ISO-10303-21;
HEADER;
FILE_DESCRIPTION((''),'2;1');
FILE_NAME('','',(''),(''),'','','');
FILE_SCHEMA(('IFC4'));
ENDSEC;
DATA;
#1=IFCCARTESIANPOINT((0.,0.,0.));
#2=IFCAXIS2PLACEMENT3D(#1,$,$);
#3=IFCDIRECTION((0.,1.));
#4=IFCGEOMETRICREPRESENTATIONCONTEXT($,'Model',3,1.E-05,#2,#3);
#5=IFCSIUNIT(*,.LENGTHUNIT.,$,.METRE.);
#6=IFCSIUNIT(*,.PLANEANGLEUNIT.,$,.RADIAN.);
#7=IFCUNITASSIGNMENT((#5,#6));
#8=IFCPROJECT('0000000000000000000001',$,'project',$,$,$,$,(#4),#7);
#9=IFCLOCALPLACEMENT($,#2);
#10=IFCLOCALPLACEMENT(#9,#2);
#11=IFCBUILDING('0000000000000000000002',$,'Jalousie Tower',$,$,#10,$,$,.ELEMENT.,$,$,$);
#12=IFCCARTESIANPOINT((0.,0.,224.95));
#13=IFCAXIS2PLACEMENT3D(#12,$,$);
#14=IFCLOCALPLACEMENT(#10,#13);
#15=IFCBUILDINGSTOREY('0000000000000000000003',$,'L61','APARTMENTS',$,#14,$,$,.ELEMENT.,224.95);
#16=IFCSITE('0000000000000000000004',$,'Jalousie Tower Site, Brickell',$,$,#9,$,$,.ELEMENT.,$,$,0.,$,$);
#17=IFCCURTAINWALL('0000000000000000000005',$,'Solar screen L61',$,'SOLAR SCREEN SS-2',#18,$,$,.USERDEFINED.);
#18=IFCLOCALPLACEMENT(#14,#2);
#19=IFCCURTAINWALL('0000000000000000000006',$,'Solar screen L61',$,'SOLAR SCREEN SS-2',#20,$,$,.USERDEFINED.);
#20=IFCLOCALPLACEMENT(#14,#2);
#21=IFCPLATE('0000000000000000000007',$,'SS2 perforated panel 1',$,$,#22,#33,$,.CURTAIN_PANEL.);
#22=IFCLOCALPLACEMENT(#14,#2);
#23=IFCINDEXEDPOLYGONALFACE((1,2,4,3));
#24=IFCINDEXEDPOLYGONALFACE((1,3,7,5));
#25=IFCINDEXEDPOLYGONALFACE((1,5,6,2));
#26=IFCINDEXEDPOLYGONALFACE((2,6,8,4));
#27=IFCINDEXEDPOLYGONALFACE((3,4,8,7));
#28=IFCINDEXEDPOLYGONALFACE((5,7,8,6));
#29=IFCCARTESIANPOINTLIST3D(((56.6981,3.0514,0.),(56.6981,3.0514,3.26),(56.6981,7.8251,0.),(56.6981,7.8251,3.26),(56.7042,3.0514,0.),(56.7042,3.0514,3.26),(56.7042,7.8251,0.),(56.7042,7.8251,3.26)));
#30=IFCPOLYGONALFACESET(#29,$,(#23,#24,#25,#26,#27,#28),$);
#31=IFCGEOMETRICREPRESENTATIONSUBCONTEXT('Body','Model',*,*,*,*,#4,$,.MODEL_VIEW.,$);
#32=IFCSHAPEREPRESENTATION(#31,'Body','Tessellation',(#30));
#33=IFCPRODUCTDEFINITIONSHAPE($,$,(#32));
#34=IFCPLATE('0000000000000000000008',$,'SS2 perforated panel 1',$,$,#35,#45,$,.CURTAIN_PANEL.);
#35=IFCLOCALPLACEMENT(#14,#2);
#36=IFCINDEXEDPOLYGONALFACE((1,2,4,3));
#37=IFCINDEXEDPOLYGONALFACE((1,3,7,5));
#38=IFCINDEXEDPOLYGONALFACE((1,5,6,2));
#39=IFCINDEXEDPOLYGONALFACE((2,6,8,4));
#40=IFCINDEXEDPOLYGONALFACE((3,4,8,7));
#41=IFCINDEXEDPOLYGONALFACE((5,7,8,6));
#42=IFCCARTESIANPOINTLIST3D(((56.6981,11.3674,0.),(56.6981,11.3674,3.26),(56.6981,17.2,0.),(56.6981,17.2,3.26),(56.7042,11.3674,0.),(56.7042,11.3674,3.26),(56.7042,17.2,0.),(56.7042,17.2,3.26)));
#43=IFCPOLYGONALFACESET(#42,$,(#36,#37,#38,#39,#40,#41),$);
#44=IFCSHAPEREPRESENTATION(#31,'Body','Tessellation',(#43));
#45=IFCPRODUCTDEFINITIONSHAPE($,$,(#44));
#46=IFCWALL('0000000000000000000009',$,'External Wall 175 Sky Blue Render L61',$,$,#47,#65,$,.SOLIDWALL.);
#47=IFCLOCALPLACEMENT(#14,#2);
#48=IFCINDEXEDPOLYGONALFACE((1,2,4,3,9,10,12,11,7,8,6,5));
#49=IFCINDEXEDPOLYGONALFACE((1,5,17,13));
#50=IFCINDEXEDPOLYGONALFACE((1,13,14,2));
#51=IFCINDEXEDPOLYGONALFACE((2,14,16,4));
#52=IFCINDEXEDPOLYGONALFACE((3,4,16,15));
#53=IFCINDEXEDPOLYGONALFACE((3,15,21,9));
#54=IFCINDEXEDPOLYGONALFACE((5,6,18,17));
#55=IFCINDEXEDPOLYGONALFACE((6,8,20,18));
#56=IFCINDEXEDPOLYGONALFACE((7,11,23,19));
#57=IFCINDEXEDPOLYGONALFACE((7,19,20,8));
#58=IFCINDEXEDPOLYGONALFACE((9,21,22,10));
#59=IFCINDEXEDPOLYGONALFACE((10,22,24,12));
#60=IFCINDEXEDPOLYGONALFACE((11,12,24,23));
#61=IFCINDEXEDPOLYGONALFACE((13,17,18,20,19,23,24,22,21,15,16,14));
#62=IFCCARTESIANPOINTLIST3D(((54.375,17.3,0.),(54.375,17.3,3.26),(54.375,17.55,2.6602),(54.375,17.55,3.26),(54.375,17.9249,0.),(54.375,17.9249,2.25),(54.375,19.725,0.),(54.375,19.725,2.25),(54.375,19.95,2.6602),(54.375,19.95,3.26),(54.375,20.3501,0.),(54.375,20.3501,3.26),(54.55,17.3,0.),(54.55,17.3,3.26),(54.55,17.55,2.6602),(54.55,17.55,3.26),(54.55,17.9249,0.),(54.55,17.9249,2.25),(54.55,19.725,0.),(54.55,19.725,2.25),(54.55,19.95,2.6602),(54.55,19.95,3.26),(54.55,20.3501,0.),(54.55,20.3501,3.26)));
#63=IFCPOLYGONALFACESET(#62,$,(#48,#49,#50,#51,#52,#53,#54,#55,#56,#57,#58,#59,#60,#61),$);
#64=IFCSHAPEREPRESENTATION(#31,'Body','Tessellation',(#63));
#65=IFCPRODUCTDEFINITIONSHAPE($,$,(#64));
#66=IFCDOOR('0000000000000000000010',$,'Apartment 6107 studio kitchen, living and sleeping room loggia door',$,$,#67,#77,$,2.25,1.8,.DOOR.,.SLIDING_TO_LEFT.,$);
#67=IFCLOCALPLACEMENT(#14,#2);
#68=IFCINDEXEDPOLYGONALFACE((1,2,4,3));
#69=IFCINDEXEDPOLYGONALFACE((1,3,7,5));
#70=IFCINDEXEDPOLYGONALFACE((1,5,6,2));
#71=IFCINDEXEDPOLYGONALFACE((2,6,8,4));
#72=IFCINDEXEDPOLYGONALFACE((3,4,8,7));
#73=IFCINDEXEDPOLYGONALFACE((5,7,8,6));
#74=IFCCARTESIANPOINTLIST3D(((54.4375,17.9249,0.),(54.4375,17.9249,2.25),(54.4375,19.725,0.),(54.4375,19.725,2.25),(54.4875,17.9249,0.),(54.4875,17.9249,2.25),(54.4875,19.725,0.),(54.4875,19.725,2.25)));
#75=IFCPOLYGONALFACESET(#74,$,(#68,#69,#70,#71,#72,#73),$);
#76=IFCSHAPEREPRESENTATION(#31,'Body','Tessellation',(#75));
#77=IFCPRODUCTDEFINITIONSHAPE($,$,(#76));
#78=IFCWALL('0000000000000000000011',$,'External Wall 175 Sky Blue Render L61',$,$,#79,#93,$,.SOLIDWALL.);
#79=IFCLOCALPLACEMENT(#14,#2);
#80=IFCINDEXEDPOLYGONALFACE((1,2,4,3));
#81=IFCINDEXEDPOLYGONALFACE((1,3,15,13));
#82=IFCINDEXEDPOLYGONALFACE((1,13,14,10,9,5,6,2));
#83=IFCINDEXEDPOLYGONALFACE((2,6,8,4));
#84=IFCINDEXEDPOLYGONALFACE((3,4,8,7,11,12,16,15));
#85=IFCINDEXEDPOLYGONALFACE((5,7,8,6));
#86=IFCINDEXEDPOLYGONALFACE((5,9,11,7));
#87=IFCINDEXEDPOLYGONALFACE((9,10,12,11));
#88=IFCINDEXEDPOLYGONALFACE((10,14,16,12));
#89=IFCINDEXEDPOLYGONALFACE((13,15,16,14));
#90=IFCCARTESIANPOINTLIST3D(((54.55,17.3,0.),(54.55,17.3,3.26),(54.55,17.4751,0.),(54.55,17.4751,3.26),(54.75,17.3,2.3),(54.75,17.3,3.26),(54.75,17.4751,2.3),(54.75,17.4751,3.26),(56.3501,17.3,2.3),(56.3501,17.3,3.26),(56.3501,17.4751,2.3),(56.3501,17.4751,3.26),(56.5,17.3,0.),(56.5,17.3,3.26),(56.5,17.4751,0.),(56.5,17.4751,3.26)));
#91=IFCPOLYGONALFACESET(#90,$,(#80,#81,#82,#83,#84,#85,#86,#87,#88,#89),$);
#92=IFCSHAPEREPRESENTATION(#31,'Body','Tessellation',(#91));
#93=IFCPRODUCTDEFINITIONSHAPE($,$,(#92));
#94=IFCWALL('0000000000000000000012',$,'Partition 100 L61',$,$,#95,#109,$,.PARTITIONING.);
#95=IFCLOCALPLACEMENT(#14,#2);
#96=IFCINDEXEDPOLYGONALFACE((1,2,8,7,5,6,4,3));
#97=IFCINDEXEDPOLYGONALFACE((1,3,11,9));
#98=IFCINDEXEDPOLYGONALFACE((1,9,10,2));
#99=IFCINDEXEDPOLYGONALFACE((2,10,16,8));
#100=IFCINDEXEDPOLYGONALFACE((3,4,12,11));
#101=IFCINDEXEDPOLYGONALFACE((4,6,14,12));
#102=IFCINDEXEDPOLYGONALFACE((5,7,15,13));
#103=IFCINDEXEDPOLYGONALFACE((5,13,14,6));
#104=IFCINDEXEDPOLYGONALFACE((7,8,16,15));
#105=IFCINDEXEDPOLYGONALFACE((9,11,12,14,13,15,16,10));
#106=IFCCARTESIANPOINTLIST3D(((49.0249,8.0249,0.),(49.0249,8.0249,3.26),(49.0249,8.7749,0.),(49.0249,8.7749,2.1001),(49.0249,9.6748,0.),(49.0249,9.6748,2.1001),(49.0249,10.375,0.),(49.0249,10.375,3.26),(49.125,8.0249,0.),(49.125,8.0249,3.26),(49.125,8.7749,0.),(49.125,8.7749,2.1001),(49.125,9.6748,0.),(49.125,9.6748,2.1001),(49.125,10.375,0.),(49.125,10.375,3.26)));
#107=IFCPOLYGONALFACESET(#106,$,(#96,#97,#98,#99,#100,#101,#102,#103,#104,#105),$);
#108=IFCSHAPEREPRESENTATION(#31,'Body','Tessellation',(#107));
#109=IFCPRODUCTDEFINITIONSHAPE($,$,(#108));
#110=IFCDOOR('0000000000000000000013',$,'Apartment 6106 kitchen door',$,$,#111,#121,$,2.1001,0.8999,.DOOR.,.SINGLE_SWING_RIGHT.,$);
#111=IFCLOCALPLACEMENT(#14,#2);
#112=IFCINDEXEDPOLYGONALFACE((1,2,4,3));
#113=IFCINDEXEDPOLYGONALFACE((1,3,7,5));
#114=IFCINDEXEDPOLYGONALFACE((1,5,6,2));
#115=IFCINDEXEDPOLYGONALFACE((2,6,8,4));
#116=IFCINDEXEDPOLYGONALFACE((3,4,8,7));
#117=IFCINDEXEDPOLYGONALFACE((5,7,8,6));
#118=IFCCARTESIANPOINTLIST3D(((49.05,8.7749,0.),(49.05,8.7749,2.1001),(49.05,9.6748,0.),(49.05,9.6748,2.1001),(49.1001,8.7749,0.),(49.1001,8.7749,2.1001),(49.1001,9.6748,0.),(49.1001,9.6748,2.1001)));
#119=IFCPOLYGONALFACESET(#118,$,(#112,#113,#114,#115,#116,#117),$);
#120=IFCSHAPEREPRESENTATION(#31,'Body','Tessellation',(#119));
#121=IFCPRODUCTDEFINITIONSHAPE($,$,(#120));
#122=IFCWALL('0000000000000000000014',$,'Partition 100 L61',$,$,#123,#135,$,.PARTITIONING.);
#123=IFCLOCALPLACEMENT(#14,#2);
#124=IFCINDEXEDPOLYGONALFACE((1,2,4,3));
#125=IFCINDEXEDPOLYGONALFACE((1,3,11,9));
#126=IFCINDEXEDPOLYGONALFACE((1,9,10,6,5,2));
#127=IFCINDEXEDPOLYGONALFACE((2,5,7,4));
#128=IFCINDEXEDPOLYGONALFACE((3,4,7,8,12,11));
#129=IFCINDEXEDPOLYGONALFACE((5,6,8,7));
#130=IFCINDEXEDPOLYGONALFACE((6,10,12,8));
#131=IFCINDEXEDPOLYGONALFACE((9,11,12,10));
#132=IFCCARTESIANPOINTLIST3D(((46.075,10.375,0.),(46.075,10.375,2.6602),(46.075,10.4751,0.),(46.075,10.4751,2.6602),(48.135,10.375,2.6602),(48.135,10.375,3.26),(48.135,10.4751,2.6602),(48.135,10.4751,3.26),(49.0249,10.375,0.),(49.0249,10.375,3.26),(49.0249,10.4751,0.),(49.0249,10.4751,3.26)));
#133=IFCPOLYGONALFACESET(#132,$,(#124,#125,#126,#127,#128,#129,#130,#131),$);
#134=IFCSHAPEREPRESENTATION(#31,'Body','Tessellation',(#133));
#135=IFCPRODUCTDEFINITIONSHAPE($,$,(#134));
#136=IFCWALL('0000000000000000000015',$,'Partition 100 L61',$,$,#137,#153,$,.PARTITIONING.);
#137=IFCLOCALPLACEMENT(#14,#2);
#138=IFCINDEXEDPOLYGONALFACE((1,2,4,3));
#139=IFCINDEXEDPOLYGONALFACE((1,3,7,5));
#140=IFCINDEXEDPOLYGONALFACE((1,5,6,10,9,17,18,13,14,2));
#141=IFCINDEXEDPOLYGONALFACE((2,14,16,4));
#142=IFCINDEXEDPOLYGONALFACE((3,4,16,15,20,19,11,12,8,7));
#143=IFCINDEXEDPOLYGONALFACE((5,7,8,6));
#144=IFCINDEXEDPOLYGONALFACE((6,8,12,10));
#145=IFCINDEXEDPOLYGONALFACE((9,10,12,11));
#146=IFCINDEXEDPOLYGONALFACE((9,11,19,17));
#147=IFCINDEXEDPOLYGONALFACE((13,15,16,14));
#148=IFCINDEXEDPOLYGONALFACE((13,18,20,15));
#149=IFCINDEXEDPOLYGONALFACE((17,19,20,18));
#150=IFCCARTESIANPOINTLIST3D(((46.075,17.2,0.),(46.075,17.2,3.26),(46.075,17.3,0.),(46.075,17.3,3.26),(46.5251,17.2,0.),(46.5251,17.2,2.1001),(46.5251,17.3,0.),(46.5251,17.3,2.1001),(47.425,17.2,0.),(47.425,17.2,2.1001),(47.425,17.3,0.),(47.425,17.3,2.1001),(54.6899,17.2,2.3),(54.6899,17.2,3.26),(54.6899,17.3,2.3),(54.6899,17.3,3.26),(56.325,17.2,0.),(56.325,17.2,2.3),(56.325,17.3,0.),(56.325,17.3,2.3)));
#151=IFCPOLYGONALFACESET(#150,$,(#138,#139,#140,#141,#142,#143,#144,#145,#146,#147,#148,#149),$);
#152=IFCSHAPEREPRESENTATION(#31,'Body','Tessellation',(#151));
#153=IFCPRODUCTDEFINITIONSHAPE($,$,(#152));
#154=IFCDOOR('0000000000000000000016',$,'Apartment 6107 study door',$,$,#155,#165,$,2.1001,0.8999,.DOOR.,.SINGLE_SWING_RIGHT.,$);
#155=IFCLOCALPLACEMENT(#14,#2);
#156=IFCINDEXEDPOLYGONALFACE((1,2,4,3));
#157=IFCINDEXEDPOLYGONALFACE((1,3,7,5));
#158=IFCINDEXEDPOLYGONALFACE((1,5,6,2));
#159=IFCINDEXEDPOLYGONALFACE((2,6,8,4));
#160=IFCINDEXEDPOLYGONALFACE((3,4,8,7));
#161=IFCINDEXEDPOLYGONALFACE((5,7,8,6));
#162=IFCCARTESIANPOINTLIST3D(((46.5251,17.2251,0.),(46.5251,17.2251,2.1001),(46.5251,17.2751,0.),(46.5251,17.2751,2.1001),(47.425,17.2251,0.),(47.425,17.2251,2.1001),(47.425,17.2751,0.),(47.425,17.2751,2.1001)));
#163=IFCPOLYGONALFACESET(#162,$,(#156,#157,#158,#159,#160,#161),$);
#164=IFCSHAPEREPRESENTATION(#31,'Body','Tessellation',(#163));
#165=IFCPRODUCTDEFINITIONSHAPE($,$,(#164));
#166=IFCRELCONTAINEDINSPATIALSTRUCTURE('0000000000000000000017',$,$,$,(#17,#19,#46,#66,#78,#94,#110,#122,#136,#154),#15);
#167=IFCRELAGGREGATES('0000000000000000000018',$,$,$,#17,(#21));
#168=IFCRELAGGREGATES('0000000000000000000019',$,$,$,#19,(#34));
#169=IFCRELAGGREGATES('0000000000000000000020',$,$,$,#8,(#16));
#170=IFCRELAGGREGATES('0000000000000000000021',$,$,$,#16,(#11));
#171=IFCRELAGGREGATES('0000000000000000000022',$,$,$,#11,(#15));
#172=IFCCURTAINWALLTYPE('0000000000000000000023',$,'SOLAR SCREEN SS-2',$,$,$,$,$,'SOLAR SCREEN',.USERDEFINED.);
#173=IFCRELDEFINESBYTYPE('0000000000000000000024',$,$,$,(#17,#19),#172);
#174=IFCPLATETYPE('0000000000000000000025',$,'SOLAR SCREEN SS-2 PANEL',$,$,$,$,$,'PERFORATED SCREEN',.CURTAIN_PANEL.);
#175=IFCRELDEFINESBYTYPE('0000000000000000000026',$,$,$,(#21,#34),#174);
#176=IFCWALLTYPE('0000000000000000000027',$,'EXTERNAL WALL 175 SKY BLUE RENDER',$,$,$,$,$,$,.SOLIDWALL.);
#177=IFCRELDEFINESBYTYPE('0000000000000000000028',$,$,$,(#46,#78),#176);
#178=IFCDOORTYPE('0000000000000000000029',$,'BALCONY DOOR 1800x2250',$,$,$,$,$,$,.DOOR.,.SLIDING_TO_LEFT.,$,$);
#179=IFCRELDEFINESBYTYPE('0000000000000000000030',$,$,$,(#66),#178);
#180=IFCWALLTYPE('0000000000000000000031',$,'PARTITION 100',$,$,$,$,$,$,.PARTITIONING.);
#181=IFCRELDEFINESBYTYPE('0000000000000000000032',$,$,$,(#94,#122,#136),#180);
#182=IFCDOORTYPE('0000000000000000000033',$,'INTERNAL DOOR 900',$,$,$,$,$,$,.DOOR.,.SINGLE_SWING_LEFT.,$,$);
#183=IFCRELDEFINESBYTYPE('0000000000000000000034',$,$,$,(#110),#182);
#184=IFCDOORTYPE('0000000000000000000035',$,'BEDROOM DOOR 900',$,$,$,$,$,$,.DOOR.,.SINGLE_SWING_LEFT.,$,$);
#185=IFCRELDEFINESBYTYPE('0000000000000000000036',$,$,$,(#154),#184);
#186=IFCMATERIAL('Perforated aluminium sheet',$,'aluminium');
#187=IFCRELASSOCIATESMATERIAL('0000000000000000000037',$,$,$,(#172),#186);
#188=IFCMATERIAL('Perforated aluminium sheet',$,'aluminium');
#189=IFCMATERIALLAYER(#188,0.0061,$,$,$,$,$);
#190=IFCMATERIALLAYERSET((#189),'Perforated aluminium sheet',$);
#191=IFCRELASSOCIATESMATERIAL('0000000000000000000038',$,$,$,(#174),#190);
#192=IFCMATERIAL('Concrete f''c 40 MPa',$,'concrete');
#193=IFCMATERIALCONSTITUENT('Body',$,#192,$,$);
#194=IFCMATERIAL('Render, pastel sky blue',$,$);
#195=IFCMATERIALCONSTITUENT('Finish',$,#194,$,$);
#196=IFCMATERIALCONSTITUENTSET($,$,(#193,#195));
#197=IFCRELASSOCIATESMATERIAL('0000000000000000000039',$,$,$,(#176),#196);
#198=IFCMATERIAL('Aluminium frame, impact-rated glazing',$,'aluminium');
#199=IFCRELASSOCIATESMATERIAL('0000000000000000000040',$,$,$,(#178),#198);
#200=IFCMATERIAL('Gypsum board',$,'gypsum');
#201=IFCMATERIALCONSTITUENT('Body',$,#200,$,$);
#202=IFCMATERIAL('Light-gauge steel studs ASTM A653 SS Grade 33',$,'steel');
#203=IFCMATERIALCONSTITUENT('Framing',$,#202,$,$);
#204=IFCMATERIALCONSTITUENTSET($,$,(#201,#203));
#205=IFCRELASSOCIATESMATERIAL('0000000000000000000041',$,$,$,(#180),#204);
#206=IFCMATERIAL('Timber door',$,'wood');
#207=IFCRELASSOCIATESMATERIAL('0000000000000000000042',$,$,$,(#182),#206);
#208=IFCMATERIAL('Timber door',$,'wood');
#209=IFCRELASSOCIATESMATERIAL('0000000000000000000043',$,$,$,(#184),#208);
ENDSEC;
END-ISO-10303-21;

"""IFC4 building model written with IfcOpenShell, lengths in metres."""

from ifc_helpers import new_model, si_unit, direction, frame, frame_2d, origin, origin_2d, place, context, subcontext, project, spatial, polyline, rectangle, outline, extrude, material, layer, layer_set, constituent, constituent_set, type_object, element, fill, aggregate, save


model = new_model("IFC4")

# Units and contexts
model_context = context("Model", 3, precision=1e-05, world=origin(), true_north=direction((0.0, 1.0)))
body_context = subcontext(model_context, "Body", "Model", "MODEL_VIEW")
ifc_project = project(units=[si_unit("LENGTHUNIT", "METRE"), si_unit("PLANEANGLEUNIT", "RADIAN")], contexts=[model_context])

# Site, building, storey
site_placement = place(None, origin())
site = spatial("IfcSite", under=ifc_project, at=site_placement, Name="Jalousie Tower Site, Brickell", CompositionType="ELEMENT", RefElevation=0.0)
building_placement = place(site_placement, origin())
building = spatial("IfcBuilding", under=site, at=building_placement, Name="Jalousie Tower", CompositionType="ELEMENT")
storey_placement = place(building_placement, frame((0.0, 0.0, 224.95)))
storey = spatial("IfcBuildingStorey", under=building, at=storey_placement, Name="L61", Description="APARTMENTS", CompositionType="ELEMENT", Elevation=224.95)

# Curtain wall
ifc_material_1 = material(Name="Perforated aluminium sheet", Category="aluminium")
curtain_wall_type = type_object("IfcCurtainWallType", Name="SOLAR SCREEN SS-2", ElementType="SOLAR SCREEN", PredefinedType="USERDEFINED", material=ifc_material_1)
curtain_wall_1_placement = place(storey_placement, origin())
curtain_wall_1 = element("IfcCurtainWall", 1, at=curtain_wall_1_placement, inside=storey, type_object=curtain_wall_type, Name="Solar screen L61", ObjectType="SOLAR SCREEN SS-2", PredefinedType="USERDEFINED")

# Curtain wall
curtain_wall_2_placement = place(storey_placement, origin())
curtain_wall_2 = element("IfcCurtainWall", 2, at=curtain_wall_2_placement, inside=storey, type_object=curtain_wall_type, Name="Solar screen L61", ObjectType="SOLAR SCREEN SS-2", PredefinedType="USERDEFINED")

# Plates
ifc_material_2 = material(Name="Perforated aluminium sheet", Category="aluminium")
ifc_layer_1 = layer(ifc_material_2, 0.0061)
ifc_layer_set_1 = layer_set([ifc_layer_1], Name="Perforated aluminium sheet")
plate_type = type_object("IfcPlateType", Name="SOLAR SCREEN SS-2 PANEL", ElementType="PERFORATED SCREEN", PredefinedType="CURTAIN_PANEL", material=ifc_layer_set_1)
plate_1_placement = place(storey_placement, frame((56.7012, 5.4382, 0.0), z_axis=(0.0, 0.0, 1.0), x_axis=(0.0, 1.0, 0.0)))
plate_1 = element("IfcPlate", 3, at=plate_1_placement, type_object=plate_type, Name="SS2 perforated panel 1", PredefinedType="CURTAIN_PANEL", context=body_context, shape_type="SweptSolid", body=[
    extrude(rectangle(XDim=4.7737, YDim=0.0061, at=origin_2d()), origin(), (0.0, 0.0, 1.0), 3.26),
])
aggregate(curtain_wall_1, [plate_1])
plate_2_placement = place(storey_placement, frame((56.7012, 14.2837, 0.0), z_axis=(0.0, 0.0, 1.0), x_axis=(0.0, 1.0, 0.0)))
plate_2 = element("IfcPlate", 4, at=plate_2_placement, type_object=plate_type, Name="SS2 perforated panel 1", PredefinedType="CURTAIN_PANEL", context=body_context, shape_type="SweptSolid", body=[
    extrude(rectangle(XDim=5.8325, YDim=0.0061, at=origin_2d()), origin(), (0.0, 0.0, 1.0), 3.26),
])
aggregate(curtain_wall_2, [plate_2])

# Wall, opening, door
ifc_material_3 = material(Name="Concrete f'c 40 MPa", Category="concrete")
ifc_constituent_1 = constituent(ifc_material_3, Name="Body")
ifc_material_4 = material(Name="Render, pastel sky blue")
ifc_constituent_2 = constituent(ifc_material_4, Name="Finish")
ifc_constituent_set_1 = constituent_set(constituents=[ifc_constituent_1, ifc_constituent_2])
wall_type_1 = type_object("IfcWallType", Name="EXTERNAL WALL 175 SKY BLUE RENDER", PredefinedType="SOLIDWALL", material=ifc_constituent_set_1)
wall_1_placement = place(storey_placement, frame((54.4624, 17.3, 0.0), z_axis=(0.0, 0.0, 1.0), x_axis=(0.0, 1.0, 0.0)))
wall_1 = element("IfcWall", 5, at=wall_1_placement, inside=storey, type_object=wall_type_1, Name="External Wall 175 Sky Blue Render L61", PredefinedType="SOLIDWALL", context=body_context, shape_type="SweptSolid", body=[
    extrude(outline(polyline([(0.0, 0.0), (3.05, 0.0), (3.05, 3.26), (2.6499, 3.26), (2.6499, 2.6602), (0.25, 2.6602), (0.25, 3.26), (0.0, 3.26), (0.0, 0.0)])), frame((0.0, 0.0874, 0.0), z_axis=(0.0, -1.0, 0.0), x_axis=(1.0, 0.0, 0.0)), (0.0, 0.0, 1.0), 0.175),
])
opening_1_placement = place(wall_1_placement, frame((0.625, 0.0, 0.0)))
opening_1 = element("IfcOpeningElement", 6, at=opening_1_placement, cuts=wall_1, PredefinedType="OPENING", context=body_context, shape_type="SweptSolid", body=[
    extrude(rectangle(XDim=1.8, YDim=2.25, at=frame_2d((0.8999, 1.125))), frame((0.0, 0.0974, 0.0), z_axis=(0.0, -1.0, 0.0), x_axis=(1.0, 0.0, 0.0)), (0.0, 0.0, 1.0), 0.1951),
])
ifc_material_5 = material(Name="Aluminium frame, impact-rated glazing", Category="aluminium")
door_type_1 = type_object("IfcDoorType", Name="BALCONY DOOR 1800x2250", OperationType="SLIDING_TO_LEFT", PredefinedType="DOOR", material=ifc_material_5)
door_1_placement = place(opening_1_placement, origin())
door_1 = element("IfcDoor", 7, at=door_1_placement, inside=storey, type_object=door_type_1, Name="Apartment 6107 studio kitchen, living and sleeping room loggia door", OperationType="SLIDING_TO_LEFT", OverallHeight=2.25, OverallWidth=1.8, PredefinedType="DOOR", context=body_context, shape_type="SweptSolid", body=[
    extrude(rectangle(XDim=1.8, YDim=2.25, at=frame_2d((0.8999, 1.125))), frame((0.0, 0.0249, 0.0), z_axis=(0.0, -1.0, 0.0), x_axis=(1.0, 0.0, 0.0)), (0.0, 0.0, 1.0), 0.05),
])
fill(opening_1, door_1)

# Wall
wall_2_placement = place(storey_placement, frame((56.5, 17.3875, 0.0), z_axis=(0.0, 0.0, 1.0), x_axis=(-1.0, 0.0, 0.0)))
element("IfcWall", 8, at=wall_2_placement, inside=storey, type_object=wall_type_1, Name="External Wall 175 Sky Blue Render L61", PredefinedType="SOLIDWALL", context=body_context, shape_type="SweptSolid", body=[
    extrude(outline(polyline([(0.0, 0.0), (1.95, 0.0), (1.95, 3.26), (1.75, 3.26), (1.75, 2.3), (0.1499, 2.3), (0.1499, 3.26), (0.0, 3.26), (0.0, 0.0)])), frame((0.0, 0.0874, 0.0), z_axis=(0.0, -1.0, 0.0), x_axis=(1.0, 0.0, 0.0)), (0.0, 0.0, 1.0), 0.175),
])

# Wall, opening, door
ifc_material_6 = material(Name="Gypsum board", Category="gypsum")
ifc_constituent_3 = constituent(ifc_material_6, Name="Body")
ifc_material_7 = material(Name="Light-gauge steel studs ASTM A653 SS Grade 33", Category="steel")
ifc_constituent_4 = constituent(ifc_material_7, Name="Framing")
ifc_constituent_set_2 = constituent_set(constituents=[ifc_constituent_3, ifc_constituent_4])
wall_type_2 = type_object("IfcWallType", Name="PARTITION 100", PredefinedType="PARTITIONING", material=ifc_constituent_set_2)
wall_3_placement = place(storey_placement, frame((49.075, 8.0249, 0.0), z_axis=(0.0, 0.0, 1.0), x_axis=(0.0, 1.0, 0.0)))
wall_3 = element("IfcWall", 9, at=wall_3_placement, inside=storey, type_object=wall_type_2, Name="Partition 100 L61", PredefinedType="PARTITIONING", context=body_context, shape_type="SweptSolid", body=[
    extrude(rectangle(XDim=2.3501, YDim=0.1001, at=frame_2d((1.175, 0.0))), origin(), (0.0, 0.0, 1.0), 3.26),
])
opening_2_placement = place(wall_3_placement, frame((0.75, 0.0, 0.0)))
opening_2 = element("IfcOpeningElement", 10, at=opening_2_placement, cuts=wall_3, PredefinedType="OPENING", context=body_context, shape_type="SweptSolid", body=[
    extrude(rectangle(XDim=0.8999, YDim=2.1001, at=frame_2d((0.45, 1.05))), frame((0.0, 0.0601, 0.0), z_axis=(0.0, -1.0, 0.0), x_axis=(1.0, 0.0, 0.0)), (0.0, 0.0, 1.0), 0.1201),
])
ifc_material_8 = material(Name="Timber door", Category="wood")
door_type_2 = type_object("IfcDoorType", Name="INTERNAL DOOR 900", OperationType="SINGLE_SWING_LEFT", PredefinedType="DOOR", material=ifc_material_8)
door_2_placement = place(opening_2_placement, origin())
door_2 = element("IfcDoor", 11, at=door_2_placement, inside=storey, type_object=door_type_2, Name="Apartment 6106 kitchen door", OperationType="SINGLE_SWING_RIGHT", OverallHeight=2.1001, OverallWidth=0.8999, PredefinedType="DOOR", context=body_context, shape_type="SweptSolid", body=[
    extrude(rectangle(XDim=0.8999, YDim=2.1001, at=frame_2d((0.45, 1.05))), frame((0.0, 0.0249, 0.0), z_axis=(0.0, -1.0, 0.0), x_axis=(1.0, 0.0, 0.0)), (0.0, 0.0, 1.0), 0.05),
])
fill(opening_2, door_2)

# Wall
wall_4_placement = place(storey_placement, frame((49.0249, 10.425, 0.0), z_axis=(0.0, 0.0, 1.0), x_axis=(-1.0, 0.0, 0.0)))
element("IfcWall", 12, at=wall_4_placement, inside=storey, type_object=wall_type_2, Name="Partition 100 L61", PredefinedType="PARTITIONING", context=body_context, shape_type="SweptSolid", body=[
    extrude(outline(polyline([(0.0, 0.0), (2.95, 0.0), (2.95, 3.26), (2.95, 2.6602), (0.8899, 2.6602), (0.8899, 3.26), (0.0, 3.26), (0.0, 0.0)])), frame((0.0, 0.05, 0.0), z_axis=(0.0, -1.0, 0.0), x_axis=(1.0, 0.0, 0.0)), (0.0, 0.0, 1.0), 0.1001),
])

# Wall, opening, door
wall_5_placement = place(storey_placement, frame((56.325, 17.25, 0.0), z_axis=(0.0, 0.0, 1.0), x_axis=(-1.0, 0.0, 0.0)))
wall_5 = element("IfcWall", 13, at=wall_5_placement, inside=storey, type_object=wall_type_2, Name="Partition 100 L61", PredefinedType="PARTITIONING", context=body_context, shape_type="SweptSolid", body=[
    extrude(outline(polyline([(0.0, 0.0), (10.25, 0.0), (10.25, 3.26), (1.635, 3.26), (1.635, 2.3), (0.0, 2.3), (0.0, 3.26), (0.0, 0.0)])), frame((0.0, 0.05, 0.0), z_axis=(0.0, -1.0, 0.0), x_axis=(1.0, 0.0, 0.0)), (0.0, 0.0, 1.0), 0.1001),
])
opening_3_placement = place(wall_5_placement, frame((8.8999, 0.0, 0.0)))
opening_3 = element("IfcOpeningElement", 14, at=opening_3_placement, cuts=wall_5, PredefinedType="OPENING", context=body_context, shape_type="SweptSolid", body=[
    extrude(rectangle(XDim=0.8999, YDim=2.1001, at=frame_2d((0.45, 1.05))), frame((0.0, 0.0601, 0.0), z_axis=(0.0, -1.0, 0.0), x_axis=(1.0, 0.0, 0.0)), (0.0, 0.0, 1.0), 0.1201),
])
ifc_material_9 = material(Name="Timber door", Category="wood")
door_type_3 = type_object("IfcDoorType", Name="BEDROOM DOOR 900", OperationType="SINGLE_SWING_LEFT", PredefinedType="DOOR", material=ifc_material_9)
door_3_placement = place(opening_3_placement, origin())
door_3 = element("IfcDoor", 15, at=door_3_placement, inside=storey, type_object=door_type_3, Name="Apartment 6107 study door", OperationType="SINGLE_SWING_RIGHT", OverallHeight=2.1001, OverallWidth=0.8999, PredefinedType="DOOR", context=body_context, shape_type="SweptSolid", body=[
    extrude(rectangle(XDim=0.8999, YDim=2.1001, at=frame_2d((0.45, 1.05))), frame((0.0, 0.0249, 0.0), z_axis=(0.0, -1.0, 0.0), x_axis=(1.0, 0.0, 0.0)), (0.0, 0.0, 1.0), 0.05),
])
fill(opening_3, door_3)

save(model, "model.ifc")
